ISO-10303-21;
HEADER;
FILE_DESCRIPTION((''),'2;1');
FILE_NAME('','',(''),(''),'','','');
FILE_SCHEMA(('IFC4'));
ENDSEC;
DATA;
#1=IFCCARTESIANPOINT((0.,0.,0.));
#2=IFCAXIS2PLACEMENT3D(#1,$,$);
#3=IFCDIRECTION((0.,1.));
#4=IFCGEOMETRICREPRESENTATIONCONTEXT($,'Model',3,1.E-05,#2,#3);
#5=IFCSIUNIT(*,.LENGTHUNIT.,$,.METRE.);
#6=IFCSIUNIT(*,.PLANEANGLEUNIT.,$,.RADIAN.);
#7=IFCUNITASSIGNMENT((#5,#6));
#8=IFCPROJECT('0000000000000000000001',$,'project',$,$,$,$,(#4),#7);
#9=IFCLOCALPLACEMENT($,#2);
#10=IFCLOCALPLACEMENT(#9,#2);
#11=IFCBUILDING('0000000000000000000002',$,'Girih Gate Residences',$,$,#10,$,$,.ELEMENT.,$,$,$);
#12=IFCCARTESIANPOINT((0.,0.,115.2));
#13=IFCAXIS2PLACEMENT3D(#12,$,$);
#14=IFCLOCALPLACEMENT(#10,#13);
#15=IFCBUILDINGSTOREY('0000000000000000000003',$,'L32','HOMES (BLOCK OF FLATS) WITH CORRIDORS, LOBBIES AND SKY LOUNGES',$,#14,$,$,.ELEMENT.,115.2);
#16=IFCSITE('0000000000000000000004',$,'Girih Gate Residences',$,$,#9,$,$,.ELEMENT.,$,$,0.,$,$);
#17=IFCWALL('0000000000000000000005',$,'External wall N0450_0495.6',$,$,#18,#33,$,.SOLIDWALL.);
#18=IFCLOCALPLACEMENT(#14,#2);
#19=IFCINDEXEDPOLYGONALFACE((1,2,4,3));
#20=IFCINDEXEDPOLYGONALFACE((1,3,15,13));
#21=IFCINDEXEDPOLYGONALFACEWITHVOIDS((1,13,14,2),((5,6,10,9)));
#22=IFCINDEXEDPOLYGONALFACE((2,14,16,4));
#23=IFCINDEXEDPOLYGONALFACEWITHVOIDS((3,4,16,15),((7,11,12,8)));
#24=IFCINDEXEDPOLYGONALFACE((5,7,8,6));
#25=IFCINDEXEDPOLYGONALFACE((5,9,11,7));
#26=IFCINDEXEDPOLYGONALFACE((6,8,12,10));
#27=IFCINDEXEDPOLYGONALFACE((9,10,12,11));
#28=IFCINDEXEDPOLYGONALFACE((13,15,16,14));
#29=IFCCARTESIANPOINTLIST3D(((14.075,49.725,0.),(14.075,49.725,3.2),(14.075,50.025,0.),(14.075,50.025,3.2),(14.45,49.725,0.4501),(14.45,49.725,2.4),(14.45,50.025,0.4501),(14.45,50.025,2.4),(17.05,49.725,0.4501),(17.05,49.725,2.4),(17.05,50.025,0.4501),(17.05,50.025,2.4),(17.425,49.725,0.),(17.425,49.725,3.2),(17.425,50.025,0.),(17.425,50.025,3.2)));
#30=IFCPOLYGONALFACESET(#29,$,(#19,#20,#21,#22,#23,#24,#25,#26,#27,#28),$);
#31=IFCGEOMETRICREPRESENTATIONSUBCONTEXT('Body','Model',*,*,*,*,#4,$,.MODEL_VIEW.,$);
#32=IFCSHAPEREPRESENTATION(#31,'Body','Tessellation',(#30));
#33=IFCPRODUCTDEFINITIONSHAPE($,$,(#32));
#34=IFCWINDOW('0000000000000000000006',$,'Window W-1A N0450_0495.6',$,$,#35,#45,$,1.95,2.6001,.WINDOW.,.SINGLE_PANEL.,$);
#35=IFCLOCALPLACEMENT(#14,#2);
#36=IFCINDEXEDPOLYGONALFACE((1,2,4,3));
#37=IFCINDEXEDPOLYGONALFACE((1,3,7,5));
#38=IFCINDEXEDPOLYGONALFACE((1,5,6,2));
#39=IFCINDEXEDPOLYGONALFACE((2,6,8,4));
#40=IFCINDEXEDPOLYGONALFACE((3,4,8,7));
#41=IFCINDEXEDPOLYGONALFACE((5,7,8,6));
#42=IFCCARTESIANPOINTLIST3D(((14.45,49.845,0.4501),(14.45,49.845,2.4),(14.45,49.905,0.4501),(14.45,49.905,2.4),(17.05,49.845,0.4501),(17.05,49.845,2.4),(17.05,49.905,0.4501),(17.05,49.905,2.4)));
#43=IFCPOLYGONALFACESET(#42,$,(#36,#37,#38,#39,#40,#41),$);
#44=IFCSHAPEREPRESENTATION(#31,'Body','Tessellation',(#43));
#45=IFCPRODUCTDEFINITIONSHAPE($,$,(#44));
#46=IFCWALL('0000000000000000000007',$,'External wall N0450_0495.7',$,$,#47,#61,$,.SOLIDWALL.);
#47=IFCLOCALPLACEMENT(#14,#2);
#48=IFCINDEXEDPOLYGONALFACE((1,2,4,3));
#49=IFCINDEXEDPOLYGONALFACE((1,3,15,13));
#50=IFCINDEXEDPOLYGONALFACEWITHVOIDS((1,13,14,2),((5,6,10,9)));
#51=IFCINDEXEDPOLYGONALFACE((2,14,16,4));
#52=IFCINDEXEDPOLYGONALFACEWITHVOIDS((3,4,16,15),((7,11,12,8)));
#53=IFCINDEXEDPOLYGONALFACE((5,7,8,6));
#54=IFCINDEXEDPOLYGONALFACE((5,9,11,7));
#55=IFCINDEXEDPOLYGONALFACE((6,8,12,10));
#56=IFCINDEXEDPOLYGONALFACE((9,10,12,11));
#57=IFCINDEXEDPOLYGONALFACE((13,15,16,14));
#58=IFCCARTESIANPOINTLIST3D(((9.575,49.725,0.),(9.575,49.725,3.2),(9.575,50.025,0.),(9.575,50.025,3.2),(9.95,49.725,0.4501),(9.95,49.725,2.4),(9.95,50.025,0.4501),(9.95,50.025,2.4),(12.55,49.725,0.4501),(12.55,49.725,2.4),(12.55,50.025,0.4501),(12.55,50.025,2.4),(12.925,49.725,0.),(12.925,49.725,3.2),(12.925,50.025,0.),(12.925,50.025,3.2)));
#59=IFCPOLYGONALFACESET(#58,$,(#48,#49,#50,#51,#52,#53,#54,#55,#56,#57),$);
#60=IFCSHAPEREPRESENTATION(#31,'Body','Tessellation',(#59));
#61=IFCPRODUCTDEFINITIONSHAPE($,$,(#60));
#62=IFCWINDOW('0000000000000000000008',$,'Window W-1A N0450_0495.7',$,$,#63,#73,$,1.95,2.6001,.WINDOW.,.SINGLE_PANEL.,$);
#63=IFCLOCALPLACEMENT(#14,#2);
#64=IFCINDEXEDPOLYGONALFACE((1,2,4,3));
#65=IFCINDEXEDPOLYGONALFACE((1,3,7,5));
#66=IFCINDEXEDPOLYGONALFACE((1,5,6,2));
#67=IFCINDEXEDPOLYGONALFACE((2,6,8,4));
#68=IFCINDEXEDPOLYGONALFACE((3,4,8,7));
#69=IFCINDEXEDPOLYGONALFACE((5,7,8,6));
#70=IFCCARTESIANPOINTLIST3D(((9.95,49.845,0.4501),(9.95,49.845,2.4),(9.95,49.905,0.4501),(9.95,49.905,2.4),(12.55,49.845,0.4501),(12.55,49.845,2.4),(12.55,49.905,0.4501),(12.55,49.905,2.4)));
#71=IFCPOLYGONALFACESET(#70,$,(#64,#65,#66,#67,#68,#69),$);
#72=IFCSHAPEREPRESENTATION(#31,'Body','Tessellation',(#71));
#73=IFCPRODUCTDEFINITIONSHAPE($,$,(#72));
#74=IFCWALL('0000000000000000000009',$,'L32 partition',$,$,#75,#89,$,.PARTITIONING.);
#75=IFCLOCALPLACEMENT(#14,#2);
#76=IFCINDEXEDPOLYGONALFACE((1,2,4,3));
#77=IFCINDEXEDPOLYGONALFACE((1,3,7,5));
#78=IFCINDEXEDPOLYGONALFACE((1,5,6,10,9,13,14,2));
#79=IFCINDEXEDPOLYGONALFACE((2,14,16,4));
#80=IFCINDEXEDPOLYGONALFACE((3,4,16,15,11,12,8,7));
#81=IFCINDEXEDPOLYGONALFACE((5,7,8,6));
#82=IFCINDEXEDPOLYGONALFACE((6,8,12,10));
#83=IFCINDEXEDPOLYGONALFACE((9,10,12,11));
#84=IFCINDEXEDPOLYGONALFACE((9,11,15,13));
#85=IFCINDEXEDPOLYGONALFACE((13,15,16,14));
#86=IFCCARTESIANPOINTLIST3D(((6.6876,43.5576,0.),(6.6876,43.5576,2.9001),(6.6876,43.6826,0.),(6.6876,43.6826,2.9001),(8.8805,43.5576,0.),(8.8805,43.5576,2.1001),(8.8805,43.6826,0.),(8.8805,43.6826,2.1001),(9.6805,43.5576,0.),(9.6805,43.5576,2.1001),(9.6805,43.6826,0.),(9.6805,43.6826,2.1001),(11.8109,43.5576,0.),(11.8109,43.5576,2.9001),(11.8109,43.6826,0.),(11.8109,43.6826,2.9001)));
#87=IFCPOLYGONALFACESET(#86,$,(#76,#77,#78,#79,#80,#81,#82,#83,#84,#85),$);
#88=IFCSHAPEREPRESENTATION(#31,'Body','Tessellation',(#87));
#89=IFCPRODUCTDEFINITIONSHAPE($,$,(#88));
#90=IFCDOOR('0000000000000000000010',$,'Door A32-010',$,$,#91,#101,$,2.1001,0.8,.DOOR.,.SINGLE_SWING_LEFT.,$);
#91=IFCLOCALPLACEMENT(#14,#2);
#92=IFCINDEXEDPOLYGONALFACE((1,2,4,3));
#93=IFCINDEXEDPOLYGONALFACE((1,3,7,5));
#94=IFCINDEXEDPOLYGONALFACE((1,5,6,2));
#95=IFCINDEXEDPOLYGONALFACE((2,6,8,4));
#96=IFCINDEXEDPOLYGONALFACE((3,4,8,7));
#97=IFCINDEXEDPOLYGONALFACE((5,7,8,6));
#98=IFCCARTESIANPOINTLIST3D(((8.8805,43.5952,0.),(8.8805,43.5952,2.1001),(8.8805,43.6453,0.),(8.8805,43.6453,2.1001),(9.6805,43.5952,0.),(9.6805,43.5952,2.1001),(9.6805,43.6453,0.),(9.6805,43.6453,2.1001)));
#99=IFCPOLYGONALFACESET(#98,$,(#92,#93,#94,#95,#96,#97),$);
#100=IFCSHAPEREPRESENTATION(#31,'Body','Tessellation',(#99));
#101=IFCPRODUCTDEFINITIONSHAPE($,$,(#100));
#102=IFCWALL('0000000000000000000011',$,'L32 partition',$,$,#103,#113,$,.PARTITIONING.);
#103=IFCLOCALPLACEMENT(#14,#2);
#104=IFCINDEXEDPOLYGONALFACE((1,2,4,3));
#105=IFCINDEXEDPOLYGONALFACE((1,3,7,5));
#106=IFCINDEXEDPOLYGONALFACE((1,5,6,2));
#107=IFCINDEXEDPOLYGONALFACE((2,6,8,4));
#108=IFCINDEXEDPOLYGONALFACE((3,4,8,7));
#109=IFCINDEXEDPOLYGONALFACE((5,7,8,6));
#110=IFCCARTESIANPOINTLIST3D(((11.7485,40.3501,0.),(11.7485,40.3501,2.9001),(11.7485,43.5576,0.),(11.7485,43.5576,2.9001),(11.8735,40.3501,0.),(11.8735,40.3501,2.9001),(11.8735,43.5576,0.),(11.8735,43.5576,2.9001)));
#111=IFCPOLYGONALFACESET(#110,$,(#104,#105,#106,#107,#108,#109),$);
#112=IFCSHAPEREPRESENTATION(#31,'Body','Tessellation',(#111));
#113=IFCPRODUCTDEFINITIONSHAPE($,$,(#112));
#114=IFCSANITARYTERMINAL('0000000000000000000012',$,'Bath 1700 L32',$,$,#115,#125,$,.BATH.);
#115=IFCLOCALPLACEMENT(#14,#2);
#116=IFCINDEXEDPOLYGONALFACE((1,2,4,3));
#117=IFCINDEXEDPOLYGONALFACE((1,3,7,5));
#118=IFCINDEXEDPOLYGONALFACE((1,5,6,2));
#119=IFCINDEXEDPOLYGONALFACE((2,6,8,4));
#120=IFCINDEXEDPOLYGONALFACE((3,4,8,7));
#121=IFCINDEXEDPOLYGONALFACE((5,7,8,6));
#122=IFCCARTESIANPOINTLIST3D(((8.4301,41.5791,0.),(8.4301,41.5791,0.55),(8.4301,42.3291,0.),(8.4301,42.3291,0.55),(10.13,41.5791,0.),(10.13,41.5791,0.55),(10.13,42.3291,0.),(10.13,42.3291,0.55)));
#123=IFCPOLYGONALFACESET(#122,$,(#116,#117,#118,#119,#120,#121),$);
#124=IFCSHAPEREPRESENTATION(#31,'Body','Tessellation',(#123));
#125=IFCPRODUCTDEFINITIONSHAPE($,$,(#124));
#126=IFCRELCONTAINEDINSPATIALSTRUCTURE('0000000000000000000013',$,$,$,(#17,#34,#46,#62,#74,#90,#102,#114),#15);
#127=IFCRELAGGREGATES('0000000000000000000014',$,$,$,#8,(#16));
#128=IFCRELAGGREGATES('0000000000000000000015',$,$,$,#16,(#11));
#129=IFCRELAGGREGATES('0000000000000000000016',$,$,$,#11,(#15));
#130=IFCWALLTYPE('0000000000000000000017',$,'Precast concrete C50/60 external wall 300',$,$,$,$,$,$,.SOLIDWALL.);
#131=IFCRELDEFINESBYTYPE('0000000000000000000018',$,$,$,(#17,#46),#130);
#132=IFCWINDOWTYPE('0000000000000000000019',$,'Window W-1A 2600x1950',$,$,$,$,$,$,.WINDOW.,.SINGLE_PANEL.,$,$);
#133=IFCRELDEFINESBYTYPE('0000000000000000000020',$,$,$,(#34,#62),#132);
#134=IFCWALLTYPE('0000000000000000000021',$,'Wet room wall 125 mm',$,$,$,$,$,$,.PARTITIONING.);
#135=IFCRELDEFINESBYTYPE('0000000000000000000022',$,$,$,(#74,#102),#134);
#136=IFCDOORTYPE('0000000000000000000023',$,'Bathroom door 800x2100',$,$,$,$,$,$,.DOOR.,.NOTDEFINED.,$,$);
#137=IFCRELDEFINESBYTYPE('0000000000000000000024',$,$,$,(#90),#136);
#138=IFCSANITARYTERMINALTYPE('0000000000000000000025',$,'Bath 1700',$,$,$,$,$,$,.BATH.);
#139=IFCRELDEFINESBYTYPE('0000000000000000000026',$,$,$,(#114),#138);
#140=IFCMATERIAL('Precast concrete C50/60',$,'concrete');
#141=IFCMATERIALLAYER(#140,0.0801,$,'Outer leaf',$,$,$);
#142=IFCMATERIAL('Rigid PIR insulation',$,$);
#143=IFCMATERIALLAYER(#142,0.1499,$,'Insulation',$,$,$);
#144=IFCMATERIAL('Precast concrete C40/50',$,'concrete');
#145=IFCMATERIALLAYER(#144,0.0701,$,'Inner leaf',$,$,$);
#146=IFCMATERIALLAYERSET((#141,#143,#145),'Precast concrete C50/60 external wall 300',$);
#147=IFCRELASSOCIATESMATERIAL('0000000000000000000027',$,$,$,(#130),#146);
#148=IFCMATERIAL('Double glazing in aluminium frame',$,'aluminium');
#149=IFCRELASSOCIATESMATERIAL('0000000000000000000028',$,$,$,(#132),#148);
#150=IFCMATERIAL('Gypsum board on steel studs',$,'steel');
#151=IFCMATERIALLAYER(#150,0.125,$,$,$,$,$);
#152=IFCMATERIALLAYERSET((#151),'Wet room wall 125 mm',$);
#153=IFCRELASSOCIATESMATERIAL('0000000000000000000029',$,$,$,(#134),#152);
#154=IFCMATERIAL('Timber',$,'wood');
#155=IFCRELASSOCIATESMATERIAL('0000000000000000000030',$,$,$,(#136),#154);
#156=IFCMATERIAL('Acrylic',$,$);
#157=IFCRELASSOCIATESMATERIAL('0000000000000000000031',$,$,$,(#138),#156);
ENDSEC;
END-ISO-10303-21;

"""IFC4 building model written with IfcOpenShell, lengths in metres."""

from ifc_helpers import new_model, si_unit, direction, frame, frame_2d, origin, origin_2d, place, context, subcontext, project, spatial, rectangle, extrude, material, layer, layer_set, type_object, element, fill, save


model = new_model("IFC4")

# Units and contexts
model_context = context("Model", 3, precision=1e-05, world=origin(), true_north=direction((0.0, 1.0)))
body_context = subcontext(model_context, "Body", "Model", "MODEL_VIEW")
ifc_project = project(units=[si_unit("LENGTHUNIT", "METRE"), si_unit("PLANEANGLEUNIT", "RADIAN")], contexts=[model_context])

# Site, building, storey
site_placement = place(None, origin())
site = spatial("IfcSite", under=ifc_project, at=site_placement, Name="Girih Gate Residences", CompositionType="ELEMENT", RefElevation=0.0)
building_placement = place(site_placement, origin())
building = spatial("IfcBuilding", under=site, at=building_placement, Name="Girih Gate Residences", CompositionType="ELEMENT")
storey_placement = place(building_placement, frame((0.0, 0.0, 115.2)))
storey = spatial("IfcBuildingStorey", under=building, at=storey_placement, Name="L32", Description="HOMES (BLOCK OF FLATS) WITH CORRIDORS, LOBBIES AND SKY LOUNGES", CompositionType="ELEMENT", Elevation=115.2)

# Shared definitions
ifc_material_1 = material(Name="Gypsum board on steel studs", Category="steel")

# Shared definitions
ifc_material_2 = material(Name="Timber", Category="wood")

# Walls, openings, windows
ifc_material_3 = material(Name="Precast concrete C50/60", Category="concrete")
ifc_layer_1 = layer(ifc_material_3, 0.0801, Name="Outer leaf")
ifc_material_4 = material(Name="Rigid PIR insulation")
ifc_layer_2 = layer(ifc_material_4, 0.1499, Name="Insulation")
ifc_material_5 = material(Name="Precast concrete C40/50", Category="concrete")
ifc_layer_3 = layer(ifc_material_5, 0.0701, Name="Inner leaf")
ifc_layer_set_1 = layer_set([ifc_layer_1, ifc_layer_2, ifc_layer_3], Name="Precast concrete C50/60 external wall 300")
wall_type_1 = type_object("IfcWallType", Name="Precast concrete C50/60 external wall 300", PredefinedType="SOLIDWALL", material=ifc_layer_set_1)
ifc_material_6 = material(Name="Double glazing in aluminium frame", Category="aluminium")
window_type = type_object("IfcWindowType", Name="Window W-1A 2600x1950", PartitioningType="SINGLE_PANEL", PredefinedType="WINDOW", material=ifc_material_6)
wall_1_placement = place(storey_placement, frame((14.075, 49.875, 0.0), z_axis=(0.0, 0.0, 1.0), x_axis=(1.0, 0.0, 0.0)))
wall_1 = element("IfcWall", 1, at=wall_1_placement, inside=storey, type_object=wall_type_1, Name="External wall N0450_0495.6", PredefinedType="SOLIDWALL", context=body_context, shape_type="SweptSolid", body=[
    extrude(rectangle(XDim=3.3501, YDim=0.3, at=frame_2d((1.675, 0.0))), origin(), (0.0, 0.0, 1.0), 3.2),
])
opening_1_placement = place(wall_1_placement, frame((0.375, 0.0, 0.45)))
opening_1 = element("IfcOpeningElement", 2, at=opening_1_placement, cuts=wall_1, PredefinedType="OPENING", context=body_context, shape_type="SweptSolid", body=[
    extrude(rectangle(XDim=2.6001, YDim=1.95, at=frame_2d((1.3, 0.9751))), frame((0.0, 0.1599, 0.0), z_axis=(0.0, -1.0, 0.0), x_axis=(1.0, 0.0, 0.0)), (0.0, 0.0, 1.0), 0.3201),
])
window_1_placement = place(opening_1_placement, origin())
window_1 = element("IfcWindow", 3, at=window_1_placement, inside=storey, type_object=window_type, Name="Window W-1A N0450_0495.6", OverallHeight=1.95, OverallWidth=2.6001, PartitioningType="SINGLE_PANEL", PredefinedType="WINDOW", context=body_context, shape_type="SweptSolid", body=[
    extrude(rectangle(XDim=2.6001, YDim=1.95, at=frame_2d((1.3, 0.9751))), frame((0.0, 0.03, 0.0), z_axis=(0.0, -1.0, 0.0), x_axis=(1.0, 0.0, 0.0)), (0.0, 0.0, 1.0), 0.0601),
])
fill(opening_1, window_1)
wall_2_placement = place(storey_placement, frame((9.575, 49.875, 0.0), z_axis=(0.0, 0.0, 1.0), x_axis=(1.0, 0.0, 0.0)))
wall_2 = element("IfcWall", 4, at=wall_2_placement, inside=storey, type_object=wall_type_1, Name="External wall N0450_0495.7", PredefinedType="SOLIDWALL", context=body_context, shape_type="SweptSolid", body=[
    extrude(rectangle(XDim=3.3501, YDim=0.3, at=frame_2d((1.675, 0.0))), origin(), (0.0, 0.0, 1.0), 3.2),
])
opening_2_placement = place(wall_2_placement, frame((0.375, 0.0, 0.45)))
opening_2 = element("IfcOpeningElement", 5, at=opening_2_placement, cuts=wall_2, PredefinedType="OPENING", context=body_context, shape_type="SweptSolid", body=[
    extrude(rectangle(XDim=2.6001, YDim=1.95, at=frame_2d((1.3, 0.9751))), frame((0.0, 0.1599, 0.0), z_axis=(0.0, -1.0, 0.0), x_axis=(1.0, 0.0, 0.0)), (0.0, 0.0, 1.0), 0.3201),
])
window_2_placement = place(opening_2_placement, origin())
window_2 = element("IfcWindow", 6, at=window_2_placement, inside=storey, type_object=window_type, Name="Window W-1A N0450_0495.7", OverallHeight=1.95, OverallWidth=2.6001, PartitioningType="SINGLE_PANEL", PredefinedType="WINDOW", context=body_context, shape_type="SweptSolid", body=[
    extrude(rectangle(XDim=2.6001, YDim=1.95, at=frame_2d((1.3, 0.9751))), frame((0.0, 0.03, 0.0), z_axis=(0.0, -1.0, 0.0), x_axis=(1.0, 0.0, 0.0)), (0.0, 0.0, 1.0), 0.0601),
])
fill(opening_2, window_2)

# Wall, opening, door
ifc_layer_4 = layer(ifc_material_1, 0.125)
ifc_layer_set_2 = layer_set([ifc_layer_4], Name="Wet room wall 125 mm")
wall_type_2 = type_object("IfcWallType", Name="Wet room wall 125 mm", PredefinedType="PARTITIONING", material=ifc_layer_set_2)
wall_3_placement = place(storey_placement, frame((11.8108, 43.6201, 0.0), z_axis=(0.0, 0.0, 1.0), x_axis=(-1.0, 0.0, 0.0)))
wall_3 = element("IfcWall", 7, at=wall_3_placement, inside=storey, type_object=wall_type_2, Name="L32 partition", PredefinedType="PARTITIONING", context=body_context, shape_type="SweptSolid", body=[
    extrude(rectangle(XDim=5.1233, YDim=0.125, at=frame_2d((2.5615, 0.0))), origin(), (0.0, 0.0, 1.0), 2.9001),
])
opening_3_placement = place(wall_3_placement, frame((2.1304, 0.0, 0.0)))
opening_3 = element("IfcOpeningElement", 8, at=opening_3_placement, cuts=wall_3, PredefinedType="OPENING", context=body_context, shape_type="SweptSolid", body=[
    extrude(rectangle(XDim=0.8, YDim=2.1001, at=frame_2d((0.3999, 1.05))), frame((0.0, 0.0725, 0.0), z_axis=(0.0, -1.0, 0.0), x_axis=(1.0, 0.0, 0.0)), (0.0, 0.0, 1.0), 0.145),
])
door_type_1 = type_object("IfcDoorType", Name="Bathroom door 800x2100", OperationType="NOTDEFINED", PredefinedType="DOOR", material=ifc_material_2)
door_1_placement = place(opening_3_placement, origin())
door_1 = element("IfcDoor", 9, at=door_1_placement, inside=storey, type_object=door_type_1, Name="Door A32-010", OperationType="SINGLE_SWING_LEFT", OverallHeight=2.1001, OverallWidth=0.8, PredefinedType="DOOR", context=body_context, shape_type="SweptSolid", body=[
    extrude(rectangle(XDim=0.8, YDim=2.1001, at=frame_2d((0.3999, 1.05))), frame((0.0, 0.0249, 0.0), z_axis=(0.0, -1.0, 0.0), x_axis=(1.0, 0.0, 0.0)), (0.0, 0.0, 1.0), 0.05),
])
fill(opening_3, door_1)

# Wall
wall_4_placement = place(storey_placement, frame((11.811, 40.3501, 0.0), z_axis=(0.0, 0.0, 1.0), x_axis=(0.0, 1.0, 0.0)))
element("IfcWall", 10, at=wall_4_placement, inside=storey, type_object=wall_type_2, Name="L32 partition", PredefinedType="PARTITIONING", context=body_context, shape_type="SweptSolid", body=[
    extrude(rectangle(XDim=3.2075, YDim=0.125, at=frame_2d((1.6038, 0.0))), origin(), (0.0, 0.0, 1.0), 2.9001),
])

# Sanitary terminal
ifc_material_7 = material(Name="Acrylic")
sanitary_terminal_type = type_object("IfcSanitaryTerminalType", Name="Bath 1700", PredefinedType="BATH", material=ifc_material_7)
sanitary_terminal_placement = place(storey_placement, frame((9.28, 41.9541, 0.0), z_axis=(0.0, 0.0, 1.0), x_axis=(1.0, 0.0, 0.0)))
element("IfcSanitaryTerminal", 11, at=sanitary_terminal_placement, inside=storey, type_object=sanitary_terminal_type, Name="Bath 1700 L32", PredefinedType="BATH", context=body_context, shape_type="SweptSolid", body=[
    extrude(rectangle(XDim=1.7, YDim=0.75, at=origin_2d()), origin(), (0.0, 0.0, 1.0), 0.55),
])

save(model, "model.ifc")
